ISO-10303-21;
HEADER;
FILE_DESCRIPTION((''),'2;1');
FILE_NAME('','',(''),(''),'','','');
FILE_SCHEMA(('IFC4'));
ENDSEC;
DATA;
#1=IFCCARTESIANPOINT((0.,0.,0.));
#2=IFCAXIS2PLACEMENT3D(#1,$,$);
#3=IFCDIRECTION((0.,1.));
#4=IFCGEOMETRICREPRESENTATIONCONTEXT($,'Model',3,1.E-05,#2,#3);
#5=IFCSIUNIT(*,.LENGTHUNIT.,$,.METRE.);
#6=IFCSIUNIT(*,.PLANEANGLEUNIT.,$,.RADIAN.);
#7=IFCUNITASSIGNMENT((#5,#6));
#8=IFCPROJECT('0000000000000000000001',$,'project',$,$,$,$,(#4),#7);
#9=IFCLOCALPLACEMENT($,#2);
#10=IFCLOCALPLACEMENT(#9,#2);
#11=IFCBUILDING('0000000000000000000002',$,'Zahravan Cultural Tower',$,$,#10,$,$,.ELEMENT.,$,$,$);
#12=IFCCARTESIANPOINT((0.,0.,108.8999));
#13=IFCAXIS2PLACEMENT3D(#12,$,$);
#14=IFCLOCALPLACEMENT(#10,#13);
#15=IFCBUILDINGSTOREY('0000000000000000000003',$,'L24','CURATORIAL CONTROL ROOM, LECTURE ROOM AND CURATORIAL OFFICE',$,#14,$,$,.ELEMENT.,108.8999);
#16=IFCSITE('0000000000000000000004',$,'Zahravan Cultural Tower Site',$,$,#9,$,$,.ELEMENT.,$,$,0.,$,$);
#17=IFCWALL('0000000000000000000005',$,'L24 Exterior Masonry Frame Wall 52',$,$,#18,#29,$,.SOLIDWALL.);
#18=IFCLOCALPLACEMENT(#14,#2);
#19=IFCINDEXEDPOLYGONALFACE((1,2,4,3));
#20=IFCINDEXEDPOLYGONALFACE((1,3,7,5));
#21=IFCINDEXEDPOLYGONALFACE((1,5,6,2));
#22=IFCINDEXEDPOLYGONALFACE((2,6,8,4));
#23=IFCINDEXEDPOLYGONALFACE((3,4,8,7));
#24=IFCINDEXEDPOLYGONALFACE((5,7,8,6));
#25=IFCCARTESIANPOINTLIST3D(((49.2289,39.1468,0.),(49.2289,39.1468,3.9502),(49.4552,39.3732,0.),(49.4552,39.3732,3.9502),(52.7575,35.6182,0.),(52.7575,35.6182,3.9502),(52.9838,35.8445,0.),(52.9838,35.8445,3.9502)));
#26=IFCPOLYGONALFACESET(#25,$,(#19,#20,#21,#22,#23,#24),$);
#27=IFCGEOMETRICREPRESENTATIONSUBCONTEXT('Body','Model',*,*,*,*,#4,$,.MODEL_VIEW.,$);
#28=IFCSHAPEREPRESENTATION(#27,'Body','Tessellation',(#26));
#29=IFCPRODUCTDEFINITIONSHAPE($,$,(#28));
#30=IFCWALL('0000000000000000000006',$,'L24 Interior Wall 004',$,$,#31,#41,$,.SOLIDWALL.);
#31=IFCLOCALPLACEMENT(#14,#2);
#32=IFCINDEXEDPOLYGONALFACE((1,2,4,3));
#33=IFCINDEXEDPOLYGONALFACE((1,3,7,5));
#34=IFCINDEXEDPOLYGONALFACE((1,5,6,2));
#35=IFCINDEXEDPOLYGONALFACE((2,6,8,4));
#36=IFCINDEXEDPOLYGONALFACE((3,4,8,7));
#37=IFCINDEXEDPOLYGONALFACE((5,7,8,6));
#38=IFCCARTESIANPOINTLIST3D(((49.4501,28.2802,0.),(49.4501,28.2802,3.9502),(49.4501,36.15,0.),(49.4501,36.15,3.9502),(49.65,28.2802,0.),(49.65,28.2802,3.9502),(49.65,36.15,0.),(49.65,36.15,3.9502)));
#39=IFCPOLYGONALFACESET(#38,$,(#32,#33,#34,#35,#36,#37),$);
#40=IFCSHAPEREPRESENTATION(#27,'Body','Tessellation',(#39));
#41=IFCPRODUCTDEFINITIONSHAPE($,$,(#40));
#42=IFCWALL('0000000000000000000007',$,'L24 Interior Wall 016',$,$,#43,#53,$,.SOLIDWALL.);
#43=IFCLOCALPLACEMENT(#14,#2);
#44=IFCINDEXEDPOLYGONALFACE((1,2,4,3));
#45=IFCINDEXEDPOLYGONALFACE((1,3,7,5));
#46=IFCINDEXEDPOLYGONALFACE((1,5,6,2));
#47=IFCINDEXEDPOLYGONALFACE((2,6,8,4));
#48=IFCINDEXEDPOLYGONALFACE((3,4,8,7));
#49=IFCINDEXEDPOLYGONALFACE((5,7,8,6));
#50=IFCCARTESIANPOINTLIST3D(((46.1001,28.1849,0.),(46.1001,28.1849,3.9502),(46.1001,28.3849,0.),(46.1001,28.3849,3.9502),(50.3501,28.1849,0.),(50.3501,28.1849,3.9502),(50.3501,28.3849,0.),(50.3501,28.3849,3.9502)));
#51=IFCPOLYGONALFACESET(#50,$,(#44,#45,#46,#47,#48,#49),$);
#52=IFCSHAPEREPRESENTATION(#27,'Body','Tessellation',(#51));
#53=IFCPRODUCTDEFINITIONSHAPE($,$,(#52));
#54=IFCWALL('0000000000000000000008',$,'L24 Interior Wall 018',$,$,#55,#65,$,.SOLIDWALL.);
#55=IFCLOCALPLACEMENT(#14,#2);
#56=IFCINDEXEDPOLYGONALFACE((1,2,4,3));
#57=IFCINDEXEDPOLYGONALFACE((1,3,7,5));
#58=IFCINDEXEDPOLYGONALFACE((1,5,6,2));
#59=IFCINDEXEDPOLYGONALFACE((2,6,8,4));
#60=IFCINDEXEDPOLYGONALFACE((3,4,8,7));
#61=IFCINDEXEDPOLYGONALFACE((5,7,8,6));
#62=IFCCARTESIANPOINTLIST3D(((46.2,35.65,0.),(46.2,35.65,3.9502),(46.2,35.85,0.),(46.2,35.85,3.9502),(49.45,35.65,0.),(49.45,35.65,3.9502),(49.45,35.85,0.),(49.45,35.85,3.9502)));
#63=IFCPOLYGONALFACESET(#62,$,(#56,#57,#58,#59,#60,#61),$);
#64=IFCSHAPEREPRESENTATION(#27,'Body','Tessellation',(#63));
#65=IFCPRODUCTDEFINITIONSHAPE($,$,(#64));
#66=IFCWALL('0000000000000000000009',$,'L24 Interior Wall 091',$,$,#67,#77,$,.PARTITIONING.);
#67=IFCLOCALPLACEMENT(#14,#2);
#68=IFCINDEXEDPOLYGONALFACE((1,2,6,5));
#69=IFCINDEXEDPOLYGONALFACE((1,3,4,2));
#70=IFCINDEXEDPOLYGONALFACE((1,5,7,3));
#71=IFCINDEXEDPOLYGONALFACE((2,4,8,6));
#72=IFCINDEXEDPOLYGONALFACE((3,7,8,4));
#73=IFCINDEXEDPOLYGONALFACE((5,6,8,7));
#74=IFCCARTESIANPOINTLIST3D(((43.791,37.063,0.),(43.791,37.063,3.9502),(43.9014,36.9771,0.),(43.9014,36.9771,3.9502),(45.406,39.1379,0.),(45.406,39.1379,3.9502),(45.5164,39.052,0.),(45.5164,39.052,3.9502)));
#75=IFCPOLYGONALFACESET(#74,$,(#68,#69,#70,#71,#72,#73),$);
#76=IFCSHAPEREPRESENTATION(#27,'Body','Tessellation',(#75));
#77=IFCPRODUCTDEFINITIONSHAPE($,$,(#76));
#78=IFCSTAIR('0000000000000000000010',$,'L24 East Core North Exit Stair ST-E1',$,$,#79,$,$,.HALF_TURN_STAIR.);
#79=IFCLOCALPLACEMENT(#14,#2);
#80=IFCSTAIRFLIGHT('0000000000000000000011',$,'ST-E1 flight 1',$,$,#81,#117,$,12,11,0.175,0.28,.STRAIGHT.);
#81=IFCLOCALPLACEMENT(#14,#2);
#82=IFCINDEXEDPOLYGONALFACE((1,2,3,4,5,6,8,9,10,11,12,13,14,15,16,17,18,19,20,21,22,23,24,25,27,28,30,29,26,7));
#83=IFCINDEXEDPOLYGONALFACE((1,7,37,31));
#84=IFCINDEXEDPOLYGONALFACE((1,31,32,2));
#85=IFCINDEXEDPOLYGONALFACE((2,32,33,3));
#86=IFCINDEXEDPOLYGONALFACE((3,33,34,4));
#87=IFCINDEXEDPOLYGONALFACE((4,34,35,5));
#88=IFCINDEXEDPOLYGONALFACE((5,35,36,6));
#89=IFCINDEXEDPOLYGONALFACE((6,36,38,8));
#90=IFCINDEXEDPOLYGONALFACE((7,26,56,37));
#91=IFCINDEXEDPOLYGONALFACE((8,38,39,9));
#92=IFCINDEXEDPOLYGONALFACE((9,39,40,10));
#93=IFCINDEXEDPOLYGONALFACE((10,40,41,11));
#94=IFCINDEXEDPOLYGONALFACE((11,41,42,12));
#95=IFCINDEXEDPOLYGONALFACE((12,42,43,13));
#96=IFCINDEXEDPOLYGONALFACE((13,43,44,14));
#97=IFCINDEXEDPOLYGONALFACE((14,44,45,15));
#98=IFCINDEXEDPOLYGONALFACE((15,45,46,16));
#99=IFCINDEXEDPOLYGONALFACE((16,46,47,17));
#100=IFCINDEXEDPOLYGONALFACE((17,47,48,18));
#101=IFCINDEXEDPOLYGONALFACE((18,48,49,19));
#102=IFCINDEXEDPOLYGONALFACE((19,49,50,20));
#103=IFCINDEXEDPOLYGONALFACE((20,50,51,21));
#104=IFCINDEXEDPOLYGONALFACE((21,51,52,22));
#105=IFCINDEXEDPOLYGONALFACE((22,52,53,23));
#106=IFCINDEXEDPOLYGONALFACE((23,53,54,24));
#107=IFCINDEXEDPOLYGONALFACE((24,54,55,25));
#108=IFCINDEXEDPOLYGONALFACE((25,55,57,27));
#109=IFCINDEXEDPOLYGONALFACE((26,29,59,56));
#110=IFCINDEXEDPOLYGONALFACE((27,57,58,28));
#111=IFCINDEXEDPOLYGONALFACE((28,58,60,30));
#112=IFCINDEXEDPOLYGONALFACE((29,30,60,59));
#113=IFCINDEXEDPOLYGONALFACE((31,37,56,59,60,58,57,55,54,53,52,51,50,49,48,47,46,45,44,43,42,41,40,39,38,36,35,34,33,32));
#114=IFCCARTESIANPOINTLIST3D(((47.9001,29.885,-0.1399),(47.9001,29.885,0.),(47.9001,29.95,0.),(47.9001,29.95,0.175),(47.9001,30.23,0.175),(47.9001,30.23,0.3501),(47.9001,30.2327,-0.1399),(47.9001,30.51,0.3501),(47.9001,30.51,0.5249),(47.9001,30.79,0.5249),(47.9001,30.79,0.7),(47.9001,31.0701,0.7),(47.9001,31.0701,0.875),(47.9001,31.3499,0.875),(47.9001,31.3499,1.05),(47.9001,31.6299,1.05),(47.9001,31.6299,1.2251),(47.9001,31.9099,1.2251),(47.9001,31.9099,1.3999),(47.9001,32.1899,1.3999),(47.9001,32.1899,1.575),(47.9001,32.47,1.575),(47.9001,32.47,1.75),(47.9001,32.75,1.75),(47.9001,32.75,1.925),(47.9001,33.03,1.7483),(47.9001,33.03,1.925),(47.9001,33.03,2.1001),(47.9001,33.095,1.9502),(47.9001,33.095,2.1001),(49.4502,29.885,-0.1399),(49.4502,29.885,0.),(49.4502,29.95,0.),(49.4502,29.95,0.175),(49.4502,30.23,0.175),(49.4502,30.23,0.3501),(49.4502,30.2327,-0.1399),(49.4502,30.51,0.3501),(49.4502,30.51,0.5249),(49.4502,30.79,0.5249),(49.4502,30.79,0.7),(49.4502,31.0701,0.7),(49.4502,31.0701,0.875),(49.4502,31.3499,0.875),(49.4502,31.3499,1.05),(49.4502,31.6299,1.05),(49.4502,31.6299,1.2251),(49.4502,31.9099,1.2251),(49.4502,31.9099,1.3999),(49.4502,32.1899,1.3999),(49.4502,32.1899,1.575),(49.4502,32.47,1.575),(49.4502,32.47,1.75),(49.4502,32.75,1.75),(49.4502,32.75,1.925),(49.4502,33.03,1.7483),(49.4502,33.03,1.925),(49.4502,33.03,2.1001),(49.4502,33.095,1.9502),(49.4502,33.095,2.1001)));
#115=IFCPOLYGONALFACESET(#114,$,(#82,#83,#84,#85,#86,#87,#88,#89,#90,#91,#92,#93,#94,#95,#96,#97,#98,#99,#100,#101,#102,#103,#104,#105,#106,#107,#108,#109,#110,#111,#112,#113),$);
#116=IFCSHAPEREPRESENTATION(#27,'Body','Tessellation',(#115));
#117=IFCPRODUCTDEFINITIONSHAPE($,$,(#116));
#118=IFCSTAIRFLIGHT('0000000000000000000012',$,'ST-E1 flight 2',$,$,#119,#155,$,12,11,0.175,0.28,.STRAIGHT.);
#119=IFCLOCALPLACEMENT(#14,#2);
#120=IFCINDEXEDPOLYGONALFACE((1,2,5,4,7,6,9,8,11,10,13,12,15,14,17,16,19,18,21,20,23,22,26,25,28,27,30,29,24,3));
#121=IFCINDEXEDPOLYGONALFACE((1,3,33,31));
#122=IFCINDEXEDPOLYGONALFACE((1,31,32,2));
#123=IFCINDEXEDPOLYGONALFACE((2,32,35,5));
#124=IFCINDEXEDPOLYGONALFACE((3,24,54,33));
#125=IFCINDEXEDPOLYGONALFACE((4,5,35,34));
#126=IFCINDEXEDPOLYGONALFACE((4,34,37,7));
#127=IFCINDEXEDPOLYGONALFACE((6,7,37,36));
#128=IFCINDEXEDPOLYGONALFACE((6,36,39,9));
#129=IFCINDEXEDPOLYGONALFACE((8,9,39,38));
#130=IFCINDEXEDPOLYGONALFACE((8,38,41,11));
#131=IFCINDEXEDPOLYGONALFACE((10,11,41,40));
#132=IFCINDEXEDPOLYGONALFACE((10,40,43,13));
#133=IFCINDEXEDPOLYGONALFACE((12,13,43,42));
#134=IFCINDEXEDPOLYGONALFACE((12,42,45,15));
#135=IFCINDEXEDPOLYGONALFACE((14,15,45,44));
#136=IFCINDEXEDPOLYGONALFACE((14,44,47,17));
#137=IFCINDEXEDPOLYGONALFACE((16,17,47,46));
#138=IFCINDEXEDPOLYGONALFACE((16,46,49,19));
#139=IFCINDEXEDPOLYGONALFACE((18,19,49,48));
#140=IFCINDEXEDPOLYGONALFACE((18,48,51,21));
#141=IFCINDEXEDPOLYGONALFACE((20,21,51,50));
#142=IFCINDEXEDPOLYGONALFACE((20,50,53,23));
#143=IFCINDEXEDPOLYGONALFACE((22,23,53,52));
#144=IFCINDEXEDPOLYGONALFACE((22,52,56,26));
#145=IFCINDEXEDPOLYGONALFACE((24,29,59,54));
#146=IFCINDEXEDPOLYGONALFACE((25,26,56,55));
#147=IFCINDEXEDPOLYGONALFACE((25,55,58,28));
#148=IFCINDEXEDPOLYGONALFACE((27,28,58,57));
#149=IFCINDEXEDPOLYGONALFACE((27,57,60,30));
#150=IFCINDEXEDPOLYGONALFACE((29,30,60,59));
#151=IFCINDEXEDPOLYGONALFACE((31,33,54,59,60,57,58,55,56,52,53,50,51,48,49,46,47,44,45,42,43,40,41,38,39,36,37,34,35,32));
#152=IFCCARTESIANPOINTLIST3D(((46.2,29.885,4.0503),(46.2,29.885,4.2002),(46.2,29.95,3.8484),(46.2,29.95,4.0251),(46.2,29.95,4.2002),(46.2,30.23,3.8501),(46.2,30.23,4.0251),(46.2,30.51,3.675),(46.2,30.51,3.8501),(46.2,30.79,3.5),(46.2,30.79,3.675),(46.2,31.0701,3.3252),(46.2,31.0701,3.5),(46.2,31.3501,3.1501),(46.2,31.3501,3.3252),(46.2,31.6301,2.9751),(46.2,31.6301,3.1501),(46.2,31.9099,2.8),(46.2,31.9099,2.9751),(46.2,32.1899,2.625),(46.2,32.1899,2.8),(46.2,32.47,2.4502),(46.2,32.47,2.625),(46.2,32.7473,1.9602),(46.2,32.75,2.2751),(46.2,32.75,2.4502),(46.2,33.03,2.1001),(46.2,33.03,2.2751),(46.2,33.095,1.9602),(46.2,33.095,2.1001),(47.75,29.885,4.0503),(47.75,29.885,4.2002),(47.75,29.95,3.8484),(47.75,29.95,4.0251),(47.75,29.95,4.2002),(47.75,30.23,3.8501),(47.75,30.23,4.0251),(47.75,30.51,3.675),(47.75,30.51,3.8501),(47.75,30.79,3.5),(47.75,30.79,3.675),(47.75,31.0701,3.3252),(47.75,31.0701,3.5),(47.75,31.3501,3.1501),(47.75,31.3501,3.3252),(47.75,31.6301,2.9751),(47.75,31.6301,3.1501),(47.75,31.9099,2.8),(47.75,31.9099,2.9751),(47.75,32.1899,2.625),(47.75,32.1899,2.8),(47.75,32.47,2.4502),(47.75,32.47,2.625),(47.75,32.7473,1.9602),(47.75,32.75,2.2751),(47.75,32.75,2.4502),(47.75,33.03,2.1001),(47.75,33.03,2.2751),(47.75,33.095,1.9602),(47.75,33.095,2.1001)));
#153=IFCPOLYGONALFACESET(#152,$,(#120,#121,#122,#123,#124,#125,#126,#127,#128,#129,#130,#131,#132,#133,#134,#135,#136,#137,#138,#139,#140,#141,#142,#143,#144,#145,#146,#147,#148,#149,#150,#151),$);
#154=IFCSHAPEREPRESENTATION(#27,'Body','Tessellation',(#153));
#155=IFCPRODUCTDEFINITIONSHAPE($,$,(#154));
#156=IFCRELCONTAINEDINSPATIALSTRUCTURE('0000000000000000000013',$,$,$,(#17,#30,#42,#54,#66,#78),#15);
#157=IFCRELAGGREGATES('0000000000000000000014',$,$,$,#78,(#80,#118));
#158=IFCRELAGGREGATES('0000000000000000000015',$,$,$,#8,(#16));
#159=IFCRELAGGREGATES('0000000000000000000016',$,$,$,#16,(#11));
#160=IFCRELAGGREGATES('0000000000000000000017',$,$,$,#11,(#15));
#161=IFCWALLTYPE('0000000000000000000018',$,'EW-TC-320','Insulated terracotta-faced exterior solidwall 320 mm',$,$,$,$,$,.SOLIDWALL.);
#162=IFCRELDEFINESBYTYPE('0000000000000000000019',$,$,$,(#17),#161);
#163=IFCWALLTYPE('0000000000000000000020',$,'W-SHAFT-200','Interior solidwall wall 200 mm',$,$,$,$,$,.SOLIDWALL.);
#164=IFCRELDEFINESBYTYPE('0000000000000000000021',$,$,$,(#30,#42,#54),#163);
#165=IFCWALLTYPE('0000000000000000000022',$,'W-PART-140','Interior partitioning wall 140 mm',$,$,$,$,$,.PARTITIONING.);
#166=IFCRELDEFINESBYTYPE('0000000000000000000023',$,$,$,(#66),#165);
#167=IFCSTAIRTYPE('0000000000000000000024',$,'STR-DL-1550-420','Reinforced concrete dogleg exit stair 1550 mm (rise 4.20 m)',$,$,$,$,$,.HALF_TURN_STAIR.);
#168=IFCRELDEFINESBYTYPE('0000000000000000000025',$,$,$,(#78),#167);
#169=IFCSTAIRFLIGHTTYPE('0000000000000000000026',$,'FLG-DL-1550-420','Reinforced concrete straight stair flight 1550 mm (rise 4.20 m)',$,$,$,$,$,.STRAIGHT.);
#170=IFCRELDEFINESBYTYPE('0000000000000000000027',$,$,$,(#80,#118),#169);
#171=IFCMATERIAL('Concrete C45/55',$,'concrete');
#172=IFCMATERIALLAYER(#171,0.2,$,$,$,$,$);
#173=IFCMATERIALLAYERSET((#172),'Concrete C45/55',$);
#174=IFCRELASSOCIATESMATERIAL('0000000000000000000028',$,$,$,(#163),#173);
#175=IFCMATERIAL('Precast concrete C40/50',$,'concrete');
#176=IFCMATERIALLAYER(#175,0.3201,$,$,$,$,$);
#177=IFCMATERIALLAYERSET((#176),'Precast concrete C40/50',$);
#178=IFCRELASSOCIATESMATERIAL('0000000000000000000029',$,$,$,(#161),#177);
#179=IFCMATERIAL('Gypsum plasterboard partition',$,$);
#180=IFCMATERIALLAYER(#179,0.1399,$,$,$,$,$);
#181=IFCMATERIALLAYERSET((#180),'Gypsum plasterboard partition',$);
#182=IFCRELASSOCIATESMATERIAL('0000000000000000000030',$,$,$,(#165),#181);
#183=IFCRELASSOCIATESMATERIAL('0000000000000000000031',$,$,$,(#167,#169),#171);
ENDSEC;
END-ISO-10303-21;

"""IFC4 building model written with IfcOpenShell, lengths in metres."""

from ifc_helpers import new_model, si_unit, direction, frame, frame_2d, origin, place, context, subcontext, project, spatial, polyline, rectangle, outline, extrude, source, transform, mapped, material, layer, layer_set, type_object, element, aggregate, save


model = new_model("IFC4")

# Units and contexts
model_context = context("Model", 3, precision=1e-05, world=origin(), true_north=direction((0.0, 1.0)))
body_context = subcontext(model_context, "Body", "Model", "MODEL_VIEW")
ifc_project = project(units=[si_unit("LENGTHUNIT", "METRE"), si_unit("PLANEANGLEUNIT", "RADIAN")], contexts=[model_context])

# Site, building, storey
site_placement = place(None, origin())
site = spatial("IfcSite", under=ifc_project, at=site_placement, Name="Zahravan Cultural Tower Site", CompositionType="ELEMENT", RefElevation=0.0)
building_placement = place(site_placement, origin())
building = spatial("IfcBuilding", under=site, at=building_placement, Name="Zahravan Cultural Tower", CompositionType="ELEMENT")
storey_placement = place(building_placement, frame((0.0, 0.0, 108.8999)))
storey = spatial("IfcBuildingStorey", under=building, at=storey_placement, Name="L24", Description="CURATORIAL CONTROL ROOM, LECTURE ROOM AND CURATORIAL OFFICE", CompositionType="ELEMENT", Elevation=108.8999)

# Shared definitions
ifc_material_1 = material(Name="Concrete C45/55", Category="concrete")
ifc_layer_1 = layer(ifc_material_1, 0.2)
ifc_layer_set_1 = layer_set([ifc_layer_1], Name="Concrete C45/55")
wall_type_1 = type_object("IfcWallType", Name="W-SHAFT-200", Description="Interior solidwall wall 200 mm", PredefinedType="SOLIDWALL", material=ifc_layer_set_1)

# Walls
ifc_material_2 = material(Name="Precast concrete C40/50", Category="concrete")
ifc_layer_2 = layer(ifc_material_2, 0.3201)
ifc_layer_set_2 = layer_set([ifc_layer_2], Name="Precast concrete C40/50")
wall_type_2 = type_object("IfcWallType", Name="EW-TC-320", Description="Insulated terracotta-faced exterior solidwall 320 mm", PredefinedType="SOLIDWALL", material=ifc_layer_set_2)
shared_shape_1 = source(origin(), body_context, "Body", "SweptSolid", [
    extrude(rectangle(XDim=4.9902, YDim=0.3201, at=frame_2d((2.4951, 0.0))), origin(), (0.0, 0.0, 1.0), 3.9502),
])
wall_1_placement = place(storey_placement, frame((49.342, 39.26, 0.0), z_axis=(0.0, 0.0, 1.0), x_axis=(0.707107, -0.707107, 0.0)))
element("IfcWall", 1, at=wall_1_placement, inside=storey, type_object=wall_type_2, Name="L24 Exterior Masonry Frame Wall 52", PredefinedType="SOLIDWALL", context=body_context, shape_type="MappedRepresentation", body=[
    mapped(shared_shape_1, transform((0.0, 0.0, 0.0), x_axis=(1.0, 0.0, 0.0), y_axis=(0.0, 1.0, 0.0), z_axis=(0.0, 0.0, 1.0), scale=1.0)),
])
shared_shape_2 = source(origin(), body_context, "Body", "SweptSolid", [
    extrude(rectangle(XDim=7.8699, YDim=0.2, at=frame_2d((3.9351, 0.0))), origin(), (0.0, 0.0, 1.0), 3.9502),
])
wall_2_placement = place(storey_placement, frame((49.55, 28.28, 0.0), z_axis=(0.0, 0.0, 1.0), x_axis=(0.0, 1.0, 0.0)))
element("IfcWall", 2, at=wall_2_placement, inside=storey, type_object=wall_type_1, Name="L24 Interior Wall 004", PredefinedType="SOLIDWALL", context=body_context, shape_type="MappedRepresentation", body=[
    mapped(shared_shape_2, transform((0.0, 0.0, 0.0), x_axis=(1.0, 0.0, 0.0), y_axis=(0.0, 1.0, 0.0), z_axis=(0.0, 0.0, 1.0), scale=1.0)),
])
shared_shape_3 = source(origin(), body_context, "Body", "SweptSolid", [
    extrude(rectangle(XDim=4.25, YDim=0.2, at=frame_2d((2.125, 0.0))), origin(), (0.0, 0.0, 1.0), 3.9502),
])
wall_3_placement = place(storey_placement, frame((46.1001, 28.2849, 0.0), z_axis=(0.0, 0.0, 1.0), x_axis=(1.0, 0.0, 0.0)))
element("IfcWall", 3, at=wall_3_placement, inside=storey, type_object=wall_type_1, Name="L24 Interior Wall 016", PredefinedType="SOLIDWALL", context=body_context, shape_type="MappedRepresentation", body=[
    mapped(shared_shape_3, transform((0.0, 0.0, 0.0), x_axis=(1.0, 0.0, 0.0), y_axis=(0.0, 1.0, 0.0), z_axis=(0.0, 0.0, 1.0), scale=1.0)),
])
shared_shape_4 = source(origin(), body_context, "Body", "SweptSolid", [
    extrude(rectangle(XDim=3.25, YDim=0.2, at=frame_2d((1.625, 0.0))), origin(), (0.0, 0.0, 1.0), 3.9502),
])
wall_4_placement = place(storey_placement, frame((46.2, 35.75, 0.0), z_axis=(0.0, 0.0, 1.0), x_axis=(1.0, 0.0, 0.0)))
element("IfcWall", 4, at=wall_4_placement, inside=storey, type_object=wall_type_1, Name="L24 Interior Wall 018", PredefinedType="SOLIDWALL", context=body_context, shape_type="MappedRepresentation", body=[
    mapped(shared_shape_4, transform((0.0, 0.0, 0.0), x_axis=(1.0, 0.0, 0.0), y_axis=(0.0, 1.0, 0.0), z_axis=(0.0, 0.0, 1.0), scale=1.0)),
])
ifc_material_3 = material(Name="Gypsum plasterboard partition")
ifc_layer_3 = layer(ifc_material_3, 0.1399)
ifc_layer_set_3 = layer_set([ifc_layer_3], Name="Gypsum plasterboard partition")
wall_type_3 = type_object("IfcWallType", Name="W-PART-140", Description="Interior partitioning wall 140 mm", PredefinedType="PARTITIONING", material=ifc_layer_set_3)
shared_shape_5 = source(origin(), body_context, "Body", "SweptSolid", [
    extrude(rectangle(XDim=2.6294, YDim=0.1399, at=frame_2d((1.3147, 0.0))), origin(), (0.0, 0.0, 1.0), 3.9502),
])
wall_5_placement = place(storey_placement, frame((43.8462, 37.02, 0.0), z_axis=(0.0, 0.0, 1.0), x_axis=(0.614211, 0.789142, 0.0)))
element("IfcWall", 5, at=wall_5_placement, inside=storey, type_object=wall_type_3, Name="L24 Interior Wall 091", PredefinedType="PARTITIONING", context=body_context, shape_type="MappedRepresentation", body=[
    mapped(shared_shape_5, transform((0.0, 0.0, 0.0), x_axis=(1.0, 0.0, 0.0), y_axis=(0.0, 1.0, 0.0), z_axis=(0.0, 0.0, 1.0), scale=1.0)),
])

# Stair, stair flights
stair_type = type_object("IfcStairType", Name="STR-DL-1550-420", Description="Reinforced concrete dogleg exit stair 1550 mm (rise 4.20 m)", PredefinedType="HALF_TURN_STAIR", material=ifc_material_1)
stair_placement = place(storey_placement, origin())
stair = element("IfcStair", 6, at=stair_placement, inside=storey, type_object=stair_type, Name="L24 East Core North Exit Stair ST-E1", PredefinedType="HALF_TURN_STAIR")
stair_flight_type = type_object("IfcStairFlightType", Name="FLG-DL-1550-420", Description="Reinforced concrete straight stair flight 1550 mm (rise 4.20 m)", PredefinedType="STRAIGHT", material=ifc_material_1)
stair_flight_1_placement = place(storey_placement, frame((48.675, 29.95, 0.0), z_axis=(0.0, 0.0, 1.0), x_axis=(0.0, 1.0, 0.0)))
stair_flight_1 = element("IfcStairFlight", 7, at=stair_flight_1_placement, type_object=stair_flight_type, Name="ST-E1 flight 1", NumberOfRisers=12, NumberOfTreads=11, PredefinedType="STRAIGHT", RiserHeight=0.175, TreadLength=0.28, context=body_context, shape_type="SweptSolid", body=[
    extrude(outline(polyline([(-0.0649, -0.1399), (-0.0649, 0.0), (0.0, 0.0), (0.0, 0.175), (0.28, 0.175), (0.28, 0.3501), (0.5601, 0.3501), (0.5601, 0.5249), (0.8401, 0.5249), (0.8401, 0.7), (1.1201, 0.7), (1.1201, 0.875), (1.3999, 0.875), (1.3999, 1.05), (1.6799, 1.05), (1.6799, 1.2251), (1.96, 1.2251), (1.96, 1.3999), (2.24, 1.3999), (2.24, 1.575), (2.52, 1.575), (2.52, 1.75), (2.8, 1.75), (2.8, 1.925), (3.0801, 1.925), (3.0801, 2.1001), (3.145, 2.1001), (3.145, 1.9502), (3.0801, 1.7483), (0.2827, -0.1399), (-0.0649, -0.1399)])), frame((0.0, 0.7749, 0.0), z_axis=(0.0, -1.0, 0.0), x_axis=(1.0, 0.0, 0.0)), (0.0, 0.0, 1.0), 1.55),
])
stair_flight_2_placement = place(storey_placement, frame((46.9751, 33.03, 2.1001), z_axis=(0.0, 0.0, 1.0), x_axis=(0.0, -1.0, 0.0)))
stair_flight_2 = element("IfcStairFlight", 8, at=stair_flight_2_placement, type_object=stair_flight_type, Name="ST-E1 flight 2", NumberOfRisers=12, NumberOfTreads=11, PredefinedType="STRAIGHT", RiserHeight=0.175, TreadLength=0.28, context=body_context, shape_type="SweptSolid", body=[
    extrude(outline(polyline([(-0.0649, -0.1399), (-0.0649, 0.0), (0.0, 0.0), (0.0, 0.175), (0.28, 0.175), (0.28, 0.3501), (0.5601, 0.3501), (0.5601, 0.5249), (0.8401, 0.5249), (0.8401, 0.7), (1.1201, 0.7), (1.1201, 0.875), (1.3999, 0.875), (1.3999, 1.05), (1.6799, 1.05), (1.6799, 1.2251), (1.96, 1.2251), (1.96, 1.3999), (2.24, 1.3999), (2.24, 1.575), (2.52, 1.575), (2.52, 1.75), (2.8, 1.75), (2.8, 1.925), (3.0801, 1.925), (3.0801, 2.1001), (3.145, 2.1001), (3.145, 1.9502), (3.0801, 1.7483), (0.2827, -0.1399), (-0.0649, -0.1399)])), frame((0.0, 0.7749, 0.0), z_axis=(0.0, -1.0, 0.0), x_axis=(1.0, 0.0, 0.0)), (0.0, 0.0, 1.0), 1.55),
])
aggregate(stair, [stair_flight_1, stair_flight_2])

save(model, "model.ifc")
